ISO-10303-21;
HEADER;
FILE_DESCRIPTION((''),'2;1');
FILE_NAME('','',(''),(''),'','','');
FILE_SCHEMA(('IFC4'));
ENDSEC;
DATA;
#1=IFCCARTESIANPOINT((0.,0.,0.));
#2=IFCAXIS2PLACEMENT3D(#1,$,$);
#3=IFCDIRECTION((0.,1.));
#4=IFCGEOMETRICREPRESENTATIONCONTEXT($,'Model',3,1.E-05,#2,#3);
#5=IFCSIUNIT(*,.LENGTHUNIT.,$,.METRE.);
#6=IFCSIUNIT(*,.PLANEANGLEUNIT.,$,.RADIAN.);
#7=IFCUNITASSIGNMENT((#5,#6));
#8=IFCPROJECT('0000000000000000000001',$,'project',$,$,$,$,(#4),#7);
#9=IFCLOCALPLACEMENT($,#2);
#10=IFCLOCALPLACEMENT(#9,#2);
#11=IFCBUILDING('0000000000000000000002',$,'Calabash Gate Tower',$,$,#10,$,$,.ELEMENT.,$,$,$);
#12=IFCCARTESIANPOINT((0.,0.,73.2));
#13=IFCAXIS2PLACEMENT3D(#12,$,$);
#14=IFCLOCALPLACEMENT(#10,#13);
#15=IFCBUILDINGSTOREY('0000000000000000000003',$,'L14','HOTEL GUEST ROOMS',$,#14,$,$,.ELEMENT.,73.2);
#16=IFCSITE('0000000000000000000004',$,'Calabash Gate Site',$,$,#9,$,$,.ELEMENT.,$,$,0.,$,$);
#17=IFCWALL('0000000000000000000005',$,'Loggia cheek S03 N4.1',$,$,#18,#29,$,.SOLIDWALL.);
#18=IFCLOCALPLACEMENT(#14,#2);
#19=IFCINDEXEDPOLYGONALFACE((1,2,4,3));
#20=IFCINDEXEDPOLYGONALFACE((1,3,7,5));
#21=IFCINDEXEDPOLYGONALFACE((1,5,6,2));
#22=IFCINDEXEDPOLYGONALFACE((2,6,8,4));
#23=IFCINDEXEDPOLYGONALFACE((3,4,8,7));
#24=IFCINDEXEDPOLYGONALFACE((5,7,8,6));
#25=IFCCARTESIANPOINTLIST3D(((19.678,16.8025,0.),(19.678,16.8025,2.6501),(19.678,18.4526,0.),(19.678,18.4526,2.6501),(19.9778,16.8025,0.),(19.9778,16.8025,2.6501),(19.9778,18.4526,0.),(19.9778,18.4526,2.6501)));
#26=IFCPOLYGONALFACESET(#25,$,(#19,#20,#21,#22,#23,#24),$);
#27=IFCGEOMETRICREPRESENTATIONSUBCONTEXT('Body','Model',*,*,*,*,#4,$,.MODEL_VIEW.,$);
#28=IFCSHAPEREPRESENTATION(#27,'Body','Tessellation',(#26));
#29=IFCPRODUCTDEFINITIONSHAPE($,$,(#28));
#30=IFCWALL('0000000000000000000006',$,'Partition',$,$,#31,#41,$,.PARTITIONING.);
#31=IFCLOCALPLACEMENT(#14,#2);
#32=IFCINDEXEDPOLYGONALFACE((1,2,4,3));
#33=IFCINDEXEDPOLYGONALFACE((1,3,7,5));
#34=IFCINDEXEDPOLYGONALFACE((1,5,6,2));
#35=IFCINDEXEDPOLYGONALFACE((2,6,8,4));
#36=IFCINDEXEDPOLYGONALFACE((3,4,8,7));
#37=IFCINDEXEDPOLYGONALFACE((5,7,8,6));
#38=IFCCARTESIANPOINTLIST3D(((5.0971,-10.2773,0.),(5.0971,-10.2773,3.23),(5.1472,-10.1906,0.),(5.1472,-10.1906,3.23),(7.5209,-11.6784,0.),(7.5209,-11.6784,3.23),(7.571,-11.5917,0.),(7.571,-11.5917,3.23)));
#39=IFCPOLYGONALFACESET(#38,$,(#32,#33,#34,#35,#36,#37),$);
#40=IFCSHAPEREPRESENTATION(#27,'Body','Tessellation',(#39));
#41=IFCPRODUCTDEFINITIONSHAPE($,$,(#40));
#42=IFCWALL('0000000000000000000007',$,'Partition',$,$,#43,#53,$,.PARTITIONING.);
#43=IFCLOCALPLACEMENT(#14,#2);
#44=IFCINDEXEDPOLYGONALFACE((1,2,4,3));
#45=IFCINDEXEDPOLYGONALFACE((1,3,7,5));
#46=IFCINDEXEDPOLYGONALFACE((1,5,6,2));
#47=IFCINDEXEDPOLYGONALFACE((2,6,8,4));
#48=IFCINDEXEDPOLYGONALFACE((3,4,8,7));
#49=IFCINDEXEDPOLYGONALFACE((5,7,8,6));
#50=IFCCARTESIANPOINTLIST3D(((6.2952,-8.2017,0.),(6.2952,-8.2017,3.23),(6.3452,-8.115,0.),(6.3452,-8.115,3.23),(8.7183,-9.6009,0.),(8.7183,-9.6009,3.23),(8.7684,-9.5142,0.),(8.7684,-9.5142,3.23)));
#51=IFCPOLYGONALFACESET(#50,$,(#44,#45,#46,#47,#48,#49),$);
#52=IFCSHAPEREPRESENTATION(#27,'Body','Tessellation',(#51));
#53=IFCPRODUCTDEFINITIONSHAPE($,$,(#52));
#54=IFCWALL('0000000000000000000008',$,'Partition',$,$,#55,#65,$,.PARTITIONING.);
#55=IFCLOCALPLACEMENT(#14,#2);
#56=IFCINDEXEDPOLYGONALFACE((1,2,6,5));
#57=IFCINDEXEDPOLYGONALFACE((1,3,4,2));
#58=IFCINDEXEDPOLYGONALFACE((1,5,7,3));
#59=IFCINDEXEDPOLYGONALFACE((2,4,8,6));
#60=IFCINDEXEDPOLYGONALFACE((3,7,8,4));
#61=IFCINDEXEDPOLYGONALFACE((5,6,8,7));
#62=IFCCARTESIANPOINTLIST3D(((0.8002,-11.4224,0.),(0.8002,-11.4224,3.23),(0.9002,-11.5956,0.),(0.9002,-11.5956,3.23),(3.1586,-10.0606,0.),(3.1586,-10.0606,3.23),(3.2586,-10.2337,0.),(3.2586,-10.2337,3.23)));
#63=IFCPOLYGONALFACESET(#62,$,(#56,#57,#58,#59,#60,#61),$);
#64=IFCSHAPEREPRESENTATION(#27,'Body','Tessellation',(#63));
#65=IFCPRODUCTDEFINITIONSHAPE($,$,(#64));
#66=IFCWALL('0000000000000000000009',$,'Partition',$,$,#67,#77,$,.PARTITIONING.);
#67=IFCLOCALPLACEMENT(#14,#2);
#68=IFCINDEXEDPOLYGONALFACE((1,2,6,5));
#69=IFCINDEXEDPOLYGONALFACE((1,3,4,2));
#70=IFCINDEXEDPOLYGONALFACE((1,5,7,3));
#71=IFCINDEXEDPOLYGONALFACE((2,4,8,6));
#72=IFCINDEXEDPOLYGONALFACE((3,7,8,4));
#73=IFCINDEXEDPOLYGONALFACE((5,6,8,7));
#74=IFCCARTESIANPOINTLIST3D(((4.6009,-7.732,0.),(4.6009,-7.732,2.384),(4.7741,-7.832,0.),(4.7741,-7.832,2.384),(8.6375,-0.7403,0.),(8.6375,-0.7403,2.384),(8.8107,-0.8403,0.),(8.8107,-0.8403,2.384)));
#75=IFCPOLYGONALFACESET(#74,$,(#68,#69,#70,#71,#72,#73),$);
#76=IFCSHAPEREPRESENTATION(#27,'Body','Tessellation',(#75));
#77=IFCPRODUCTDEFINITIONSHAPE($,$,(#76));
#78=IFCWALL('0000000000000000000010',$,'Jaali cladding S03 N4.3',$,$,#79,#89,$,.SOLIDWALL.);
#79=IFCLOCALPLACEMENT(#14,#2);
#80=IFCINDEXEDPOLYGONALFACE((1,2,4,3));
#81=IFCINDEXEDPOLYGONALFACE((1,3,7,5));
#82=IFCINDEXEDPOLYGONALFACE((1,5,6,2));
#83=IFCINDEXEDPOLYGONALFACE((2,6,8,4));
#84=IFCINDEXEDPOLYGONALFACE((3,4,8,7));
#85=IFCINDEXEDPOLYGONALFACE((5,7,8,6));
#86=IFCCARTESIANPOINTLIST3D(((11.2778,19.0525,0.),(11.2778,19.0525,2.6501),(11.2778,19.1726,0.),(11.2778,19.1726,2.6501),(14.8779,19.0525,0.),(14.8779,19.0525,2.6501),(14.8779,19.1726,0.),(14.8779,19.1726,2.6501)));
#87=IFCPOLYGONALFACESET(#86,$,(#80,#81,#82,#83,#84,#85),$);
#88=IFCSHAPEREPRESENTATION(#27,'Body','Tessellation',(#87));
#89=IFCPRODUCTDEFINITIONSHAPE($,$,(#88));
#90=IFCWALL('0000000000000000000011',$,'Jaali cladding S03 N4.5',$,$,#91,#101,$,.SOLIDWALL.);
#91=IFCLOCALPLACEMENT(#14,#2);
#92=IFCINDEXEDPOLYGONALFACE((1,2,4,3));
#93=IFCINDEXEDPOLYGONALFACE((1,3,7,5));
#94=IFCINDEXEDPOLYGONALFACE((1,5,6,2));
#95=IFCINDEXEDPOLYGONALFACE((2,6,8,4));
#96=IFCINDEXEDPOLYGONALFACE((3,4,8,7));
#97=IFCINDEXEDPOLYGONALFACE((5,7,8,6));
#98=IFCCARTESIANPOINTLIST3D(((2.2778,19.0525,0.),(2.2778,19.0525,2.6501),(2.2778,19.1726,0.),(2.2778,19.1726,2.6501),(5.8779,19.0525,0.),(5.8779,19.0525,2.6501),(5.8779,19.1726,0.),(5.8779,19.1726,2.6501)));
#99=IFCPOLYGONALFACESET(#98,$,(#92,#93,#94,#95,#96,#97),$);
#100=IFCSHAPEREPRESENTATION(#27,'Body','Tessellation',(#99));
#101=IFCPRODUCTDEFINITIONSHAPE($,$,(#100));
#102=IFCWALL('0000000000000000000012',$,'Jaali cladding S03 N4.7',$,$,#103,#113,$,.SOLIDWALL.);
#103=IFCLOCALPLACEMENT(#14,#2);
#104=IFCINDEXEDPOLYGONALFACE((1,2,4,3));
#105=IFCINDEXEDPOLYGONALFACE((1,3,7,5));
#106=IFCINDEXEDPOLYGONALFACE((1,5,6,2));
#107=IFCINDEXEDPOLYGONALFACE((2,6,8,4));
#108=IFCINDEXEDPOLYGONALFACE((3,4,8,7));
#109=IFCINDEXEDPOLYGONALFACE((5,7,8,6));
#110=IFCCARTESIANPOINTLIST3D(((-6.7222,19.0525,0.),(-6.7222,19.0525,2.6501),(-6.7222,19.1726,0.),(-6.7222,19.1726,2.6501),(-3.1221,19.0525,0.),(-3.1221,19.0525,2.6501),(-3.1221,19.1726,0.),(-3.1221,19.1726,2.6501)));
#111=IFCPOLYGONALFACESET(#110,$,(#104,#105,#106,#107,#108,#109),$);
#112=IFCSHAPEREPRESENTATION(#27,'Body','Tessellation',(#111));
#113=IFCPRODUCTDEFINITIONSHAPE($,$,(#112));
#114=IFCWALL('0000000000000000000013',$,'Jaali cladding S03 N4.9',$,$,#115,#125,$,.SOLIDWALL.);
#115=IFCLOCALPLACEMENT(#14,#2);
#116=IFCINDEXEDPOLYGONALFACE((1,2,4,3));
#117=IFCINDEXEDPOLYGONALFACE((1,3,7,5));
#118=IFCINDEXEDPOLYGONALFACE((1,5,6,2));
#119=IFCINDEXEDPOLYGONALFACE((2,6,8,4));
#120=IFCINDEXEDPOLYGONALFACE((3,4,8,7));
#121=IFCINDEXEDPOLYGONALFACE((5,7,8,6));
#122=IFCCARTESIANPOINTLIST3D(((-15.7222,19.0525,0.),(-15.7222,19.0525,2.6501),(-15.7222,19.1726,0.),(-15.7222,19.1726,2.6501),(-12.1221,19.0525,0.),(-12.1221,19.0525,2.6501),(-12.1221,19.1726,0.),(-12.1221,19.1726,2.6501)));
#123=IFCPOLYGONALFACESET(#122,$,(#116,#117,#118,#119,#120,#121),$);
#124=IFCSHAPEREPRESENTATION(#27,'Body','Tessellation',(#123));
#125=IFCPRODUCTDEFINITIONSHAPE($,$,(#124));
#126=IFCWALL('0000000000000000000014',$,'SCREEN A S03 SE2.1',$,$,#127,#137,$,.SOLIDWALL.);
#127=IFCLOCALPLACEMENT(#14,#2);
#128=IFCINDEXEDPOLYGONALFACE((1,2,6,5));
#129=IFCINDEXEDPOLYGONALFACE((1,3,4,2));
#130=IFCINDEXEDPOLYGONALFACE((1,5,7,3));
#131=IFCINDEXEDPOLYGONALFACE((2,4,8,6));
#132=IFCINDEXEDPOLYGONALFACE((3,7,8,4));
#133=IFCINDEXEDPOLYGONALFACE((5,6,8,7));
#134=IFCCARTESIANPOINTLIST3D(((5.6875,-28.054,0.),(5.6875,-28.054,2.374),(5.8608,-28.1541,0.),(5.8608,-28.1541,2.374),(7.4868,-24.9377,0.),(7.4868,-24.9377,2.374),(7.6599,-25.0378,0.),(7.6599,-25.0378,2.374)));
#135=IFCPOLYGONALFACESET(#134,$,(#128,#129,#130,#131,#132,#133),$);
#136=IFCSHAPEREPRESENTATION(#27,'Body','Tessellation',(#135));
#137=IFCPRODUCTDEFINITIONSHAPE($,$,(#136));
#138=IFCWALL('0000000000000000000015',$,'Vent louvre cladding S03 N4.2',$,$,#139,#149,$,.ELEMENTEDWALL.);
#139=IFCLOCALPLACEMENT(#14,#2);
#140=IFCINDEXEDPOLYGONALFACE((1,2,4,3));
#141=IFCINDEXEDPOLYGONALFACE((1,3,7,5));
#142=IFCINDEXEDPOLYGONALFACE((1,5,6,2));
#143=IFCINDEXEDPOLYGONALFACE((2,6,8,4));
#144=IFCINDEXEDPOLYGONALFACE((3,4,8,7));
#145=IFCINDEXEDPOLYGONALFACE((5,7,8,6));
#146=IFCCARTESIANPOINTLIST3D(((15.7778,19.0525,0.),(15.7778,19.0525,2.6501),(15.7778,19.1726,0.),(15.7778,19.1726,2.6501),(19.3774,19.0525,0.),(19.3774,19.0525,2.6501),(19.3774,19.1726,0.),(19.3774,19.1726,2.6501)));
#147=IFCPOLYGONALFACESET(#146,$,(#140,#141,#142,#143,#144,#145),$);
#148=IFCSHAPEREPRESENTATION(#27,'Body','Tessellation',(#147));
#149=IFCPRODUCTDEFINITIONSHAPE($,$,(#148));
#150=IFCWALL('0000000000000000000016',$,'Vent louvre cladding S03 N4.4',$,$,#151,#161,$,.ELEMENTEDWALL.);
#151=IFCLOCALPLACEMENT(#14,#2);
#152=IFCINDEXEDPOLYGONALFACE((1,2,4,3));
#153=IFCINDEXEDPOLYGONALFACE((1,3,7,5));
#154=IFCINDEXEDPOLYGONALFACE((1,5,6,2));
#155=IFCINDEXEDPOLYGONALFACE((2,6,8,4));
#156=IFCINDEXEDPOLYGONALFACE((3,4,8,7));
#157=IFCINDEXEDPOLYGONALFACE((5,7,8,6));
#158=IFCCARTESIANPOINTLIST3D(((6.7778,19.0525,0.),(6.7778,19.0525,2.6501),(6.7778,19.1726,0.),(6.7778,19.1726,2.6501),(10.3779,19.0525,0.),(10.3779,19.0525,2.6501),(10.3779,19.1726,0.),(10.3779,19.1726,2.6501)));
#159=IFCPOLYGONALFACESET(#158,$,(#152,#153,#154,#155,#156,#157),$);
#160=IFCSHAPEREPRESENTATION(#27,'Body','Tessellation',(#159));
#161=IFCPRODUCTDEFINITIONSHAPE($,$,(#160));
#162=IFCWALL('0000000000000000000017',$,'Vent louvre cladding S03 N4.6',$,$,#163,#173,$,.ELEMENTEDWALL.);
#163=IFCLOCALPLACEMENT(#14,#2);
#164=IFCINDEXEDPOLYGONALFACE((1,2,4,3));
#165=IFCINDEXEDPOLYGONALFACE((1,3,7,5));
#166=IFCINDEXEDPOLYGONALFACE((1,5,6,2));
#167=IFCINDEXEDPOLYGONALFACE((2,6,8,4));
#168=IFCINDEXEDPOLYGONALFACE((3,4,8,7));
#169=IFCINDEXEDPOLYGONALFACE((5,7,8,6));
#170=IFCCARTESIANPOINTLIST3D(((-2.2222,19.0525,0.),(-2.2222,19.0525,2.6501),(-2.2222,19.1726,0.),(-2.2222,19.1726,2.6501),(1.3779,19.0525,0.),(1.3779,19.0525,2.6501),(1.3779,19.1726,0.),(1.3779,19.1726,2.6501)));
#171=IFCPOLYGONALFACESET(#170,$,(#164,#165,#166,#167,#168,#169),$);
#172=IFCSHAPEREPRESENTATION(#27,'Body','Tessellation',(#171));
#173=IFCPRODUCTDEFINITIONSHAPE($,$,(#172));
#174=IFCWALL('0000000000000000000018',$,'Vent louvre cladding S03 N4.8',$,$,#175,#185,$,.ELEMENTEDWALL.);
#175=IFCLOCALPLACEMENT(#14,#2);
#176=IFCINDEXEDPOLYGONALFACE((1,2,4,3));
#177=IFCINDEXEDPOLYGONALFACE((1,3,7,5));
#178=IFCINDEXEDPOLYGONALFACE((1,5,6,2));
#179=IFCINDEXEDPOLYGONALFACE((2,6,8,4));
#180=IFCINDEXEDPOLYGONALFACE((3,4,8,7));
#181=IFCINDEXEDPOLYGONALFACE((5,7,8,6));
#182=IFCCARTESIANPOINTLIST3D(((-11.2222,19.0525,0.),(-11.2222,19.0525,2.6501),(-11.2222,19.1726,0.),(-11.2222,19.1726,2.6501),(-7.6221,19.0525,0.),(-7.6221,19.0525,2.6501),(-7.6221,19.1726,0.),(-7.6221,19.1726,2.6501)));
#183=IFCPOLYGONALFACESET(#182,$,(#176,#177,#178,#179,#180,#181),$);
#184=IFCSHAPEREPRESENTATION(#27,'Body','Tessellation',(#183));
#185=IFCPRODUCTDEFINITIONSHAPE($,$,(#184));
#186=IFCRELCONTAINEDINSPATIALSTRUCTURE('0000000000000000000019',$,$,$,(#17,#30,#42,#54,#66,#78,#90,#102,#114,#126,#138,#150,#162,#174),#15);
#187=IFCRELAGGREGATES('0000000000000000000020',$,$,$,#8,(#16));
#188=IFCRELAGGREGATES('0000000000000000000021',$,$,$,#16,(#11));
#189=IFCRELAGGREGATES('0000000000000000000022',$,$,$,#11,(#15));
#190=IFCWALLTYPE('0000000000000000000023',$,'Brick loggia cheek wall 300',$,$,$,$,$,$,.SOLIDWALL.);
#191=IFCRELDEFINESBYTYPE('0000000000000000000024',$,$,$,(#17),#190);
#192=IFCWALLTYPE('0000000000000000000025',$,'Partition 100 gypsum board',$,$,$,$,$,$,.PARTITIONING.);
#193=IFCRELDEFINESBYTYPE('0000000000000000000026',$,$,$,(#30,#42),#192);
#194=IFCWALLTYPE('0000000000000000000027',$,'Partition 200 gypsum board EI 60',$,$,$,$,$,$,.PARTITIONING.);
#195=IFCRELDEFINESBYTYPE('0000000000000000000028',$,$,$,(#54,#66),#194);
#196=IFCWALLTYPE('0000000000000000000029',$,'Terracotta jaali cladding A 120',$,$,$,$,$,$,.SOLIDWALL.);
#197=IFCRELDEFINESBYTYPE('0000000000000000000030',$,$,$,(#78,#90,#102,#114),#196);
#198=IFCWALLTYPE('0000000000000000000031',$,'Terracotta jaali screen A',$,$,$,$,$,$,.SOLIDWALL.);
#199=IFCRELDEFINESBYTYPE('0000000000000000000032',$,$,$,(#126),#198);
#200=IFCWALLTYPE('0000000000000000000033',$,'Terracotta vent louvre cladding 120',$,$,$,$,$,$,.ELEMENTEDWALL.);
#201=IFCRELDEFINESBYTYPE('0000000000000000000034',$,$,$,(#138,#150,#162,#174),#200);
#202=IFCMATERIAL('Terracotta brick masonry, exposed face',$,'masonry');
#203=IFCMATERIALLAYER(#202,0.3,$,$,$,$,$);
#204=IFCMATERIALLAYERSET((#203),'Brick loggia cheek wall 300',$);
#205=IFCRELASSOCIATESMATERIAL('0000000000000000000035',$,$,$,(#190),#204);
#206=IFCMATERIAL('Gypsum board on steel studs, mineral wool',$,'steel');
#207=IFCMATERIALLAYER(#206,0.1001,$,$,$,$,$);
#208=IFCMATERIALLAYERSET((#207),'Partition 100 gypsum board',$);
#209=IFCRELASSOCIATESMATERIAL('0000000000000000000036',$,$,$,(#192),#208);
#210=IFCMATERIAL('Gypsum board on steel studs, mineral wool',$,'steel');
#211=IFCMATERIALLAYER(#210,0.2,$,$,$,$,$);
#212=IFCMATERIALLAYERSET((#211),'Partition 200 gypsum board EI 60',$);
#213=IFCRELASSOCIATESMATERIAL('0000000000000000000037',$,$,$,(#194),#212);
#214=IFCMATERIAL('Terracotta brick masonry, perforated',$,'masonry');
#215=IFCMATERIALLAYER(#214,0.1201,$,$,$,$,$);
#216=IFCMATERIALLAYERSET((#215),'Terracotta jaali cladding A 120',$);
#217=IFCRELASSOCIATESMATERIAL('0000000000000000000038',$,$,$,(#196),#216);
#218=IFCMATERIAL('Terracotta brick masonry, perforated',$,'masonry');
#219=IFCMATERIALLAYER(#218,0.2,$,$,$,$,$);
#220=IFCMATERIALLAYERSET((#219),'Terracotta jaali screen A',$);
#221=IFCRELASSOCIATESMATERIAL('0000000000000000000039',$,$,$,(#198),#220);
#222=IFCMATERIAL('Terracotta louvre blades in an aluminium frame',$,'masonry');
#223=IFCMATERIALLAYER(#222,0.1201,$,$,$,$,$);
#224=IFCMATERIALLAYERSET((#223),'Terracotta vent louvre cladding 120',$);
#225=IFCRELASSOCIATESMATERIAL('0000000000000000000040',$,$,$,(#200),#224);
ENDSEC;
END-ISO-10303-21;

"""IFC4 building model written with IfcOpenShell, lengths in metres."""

from ifc_helpers import new_model, si_unit, direction, frame, frame_2d, origin, place, context, subcontext, project, spatial, polyline, rectangle, outline, extrude, material, layer, layer_set, type_object, element, save


model = new_model("IFC4")

# Units and contexts
model_context = context("Model", 3, precision=1e-05, world=origin(), true_north=direction((0.0, 1.0)))
body_context = subcontext(model_context, "Body", "Model", "MODEL_VIEW")
ifc_project = project(units=[si_unit("LENGTHUNIT", "METRE"), si_unit("PLANEANGLEUNIT", "RADIAN")], contexts=[model_context])

# Site, building, storey
site_placement = place(None, origin())
site = spatial("IfcSite", under=ifc_project, at=site_placement, Name="Calabash Gate Site", CompositionType="ELEMENT", RefElevation=0.0)
building_placement = place(site_placement, origin())
building = spatial("IfcBuilding", under=site, at=building_placement, Name="Calabash Gate Tower", CompositionType="ELEMENT")
storey_placement = place(building_placement, frame((0.0, 0.0, 73.2)))
storey = spatial("IfcBuildingStorey", under=building, at=storey_placement, Name="L14", Description="HOTEL GUEST ROOMS", CompositionType="ELEMENT", Elevation=73.2)

# Walls
ifc_material_1 = material(Name="Terracotta brick masonry, exposed face", Category="masonry")
ifc_layer_1 = layer(ifc_material_1, 0.3)
ifc_layer_set_1 = layer_set([ifc_layer_1], Name="Brick loggia cheek wall 300")
wall_type_1 = type_object("IfcWallType", Name="Brick loggia cheek wall 300", PredefinedType="SOLIDWALL", material=ifc_layer_set_1)
wall_1_placement = place(storey_placement, origin())
element("IfcWall", 1, at=wall_1_placement, inside=storey, type_object=wall_type_1, Name="Loggia cheek S03 N4.1", PredefinedType="SOLIDWALL", context=body_context, shape_type="SweptSolid", body=[
    extrude(outline(polyline([(19.678, 18.4526), (19.678, 16.8025), (19.9778, 16.8025), (19.9778, 18.4526), (19.678, 18.4526)])), origin(), (0.0, 0.0, 1.0), 2.6501),
])
ifc_material_2 = material(Name="Gypsum board on steel studs, mineral wool", Category="steel")
ifc_layer_2 = layer(ifc_material_2, 0.1001)
ifc_layer_set_2 = layer_set([ifc_layer_2], Name="Partition 100 gypsum board")
wall_type_2 = type_object("IfcWallType", Name="Partition 100 gypsum board", PredefinedType="PARTITIONING", material=ifc_layer_set_2)
wall_2_placement = place(storey_placement, frame((5.1221, -10.2339, 0.0), z_axis=(0.0, 0.0, 1.0), x_axis=(0.865758, -0.500462, 0.0)))
element("IfcWall", 2, at=wall_2_placement, inside=storey, type_object=wall_type_2, Name="Partition", PredefinedType="PARTITIONING", context=body_context, shape_type="SweptSolid", body=[
    extrude(rectangle(XDim=2.7996, YDim=0.1001, at=frame_2d((1.3999, 0.0))), origin(), (0.0, 0.0, 1.0), 3.23),
])
wall_3_placement = place(storey_placement, frame((6.3203, -8.1584, 0.0), z_axis=(0.0, 0.0, 1.0), x_axis=(0.865995, -0.500052, 0.0)))
element("IfcWall", 3, at=wall_3_placement, inside=storey, type_object=wall_type_2, Name="Partition", PredefinedType="PARTITIONING", context=body_context, shape_type="SweptSolid", body=[
    extrude(rectangle(XDim=2.7981, YDim=0.1001, at=frame_2d((1.3989, 0.0))), origin(), (0.0, 0.0, 1.0), 3.23),
])
ifc_material_3 = material(Name="Gypsum board on steel studs, mineral wool", Category="steel")
ifc_layer_3 = layer(ifc_material_3, 0.2)
ifc_layer_set_3 = layer_set([ifc_layer_3], Name="Partition 200 gypsum board EI 60")
wall_type_3 = type_object("IfcWallType", Name="Partition 200 gypsum board EI 60", PredefinedType="PARTITIONING", material=ifc_layer_set_3)
wall_4_placement = place(storey_placement, frame((0.8501, -11.509, 0.0), z_axis=(0.0, 0.0, 1.0), x_axis=(0.865994, 0.500054, 0.0)))
element("IfcWall", 4, at=wall_4_placement, inside=storey, type_object=wall_type_3, Name="Partition", PredefinedType="PARTITIONING", context=body_context, shape_type="SweptSolid", body=[
    extrude(rectangle(XDim=2.7234, YDim=0.2, at=frame_2d((1.3618, 0.0))), origin(), (0.0, 0.0, 1.0), 3.23),
])
wall_5_placement = place(storey_placement, frame((4.6875, -7.782, 0.0), z_axis=(0.0, 0.0, 1.0), x_axis=(0.499996, 0.866027, 0.0)))
element("IfcWall", 5, at=wall_5_placement, inside=storey, type_object=wall_type_3, Name="Partition", PredefinedType="PARTITIONING", context=body_context, shape_type="SweptSolid", body=[
    extrude(rectangle(XDim=8.0732, YDim=0.2, at=frame_2d((4.0366, 0.0))), origin(), (0.0, 0.0, 1.0), 2.384),
])
ifc_material_4 = material(Name="Terracotta brick masonry, perforated", Category="masonry")
ifc_layer_4 = layer(ifc_material_4, 0.1201)
ifc_layer_set_4 = layer_set([ifc_layer_4], Name="Terracotta jaali cladding A 120")
wall_type_4 = type_object("IfcWallType", Name="Terracotta jaali cladding A 120", PredefinedType="SOLIDWALL", material=ifc_layer_set_4)
wall_6_placement = place(storey_placement, origin())
element("IfcWall", 6, at=wall_6_placement, inside=storey, type_object=wall_type_4, Name="Jaali cladding S03 N4.3", PredefinedType="SOLIDWALL", context=body_context, shape_type="SweptSolid", body=[
    extrude(outline(polyline([(11.2778, 19.1726), (11.2778, 19.0525), (14.8779, 19.0525), (14.8779, 19.1726), (11.2778, 19.1726)])), origin(), (0.0, 0.0, 1.0), 2.6501),
])
wall_7_placement = place(storey_placement, origin())
element("IfcWall", 7, at=wall_7_placement, inside=storey, type_object=wall_type_4, Name="Jaali cladding S03 N4.5", PredefinedType="SOLIDWALL", context=body_context, shape_type="SweptSolid", body=[
    extrude(outline(polyline([(2.2778, 19.1726), (2.2778, 19.0525), (5.8779, 19.0525), (5.8779, 19.1726), (2.2778, 19.1726)])), origin(), (0.0, 0.0, 1.0), 2.6501),
])
wall_8_placement = place(storey_placement, origin())
element("IfcWall", 8, at=wall_8_placement, inside=storey, type_object=wall_type_4, Name="Jaali cladding S03 N4.7", PredefinedType="SOLIDWALL", context=body_context, shape_type="SweptSolid", body=[
    extrude(outline(polyline([(-6.7222, 19.1726), (-6.7222, 19.0525), (-3.1221, 19.0525), (-3.1221, 19.1726), (-6.7222, 19.1726)])), origin(), (0.0, 0.0, 1.0), 2.6501),
])
wall_9_placement = place(storey_placement, origin())
element("IfcWall", 9, at=wall_9_placement, inside=storey, type_object=wall_type_4, Name="Jaali cladding S03 N4.9", PredefinedType="SOLIDWALL", context=body_context, shape_type="SweptSolid", body=[
    extrude(outline(polyline([(-15.7222, 19.1726), (-15.7222, 19.0525), (-12.1221, 19.0525), (-12.1221, 19.1726), (-15.7222, 19.1726)])), origin(), (0.0, 0.0, 1.0), 2.6501),
])
ifc_material_5 = material(Name="Terracotta brick masonry, perforated", Category="masonry")
ifc_layer_5 = layer(ifc_material_5, 0.2)
ifc_layer_set_5 = layer_set([ifc_layer_5], Name="Terracotta jaali screen A")
wall_type_5 = type_object("IfcWallType", Name="Terracotta jaali screen A", PredefinedType="SOLIDWALL", material=ifc_layer_set_5)
wall_10_placement = place(storey_placement, origin())
element("IfcWall", 10, at=wall_10_placement, inside=storey, type_object=wall_type_5, Name="SCREEN A S03 SE2.1", PredefinedType="SOLIDWALL", context=body_context, shape_type="SweptSolid", body=[
    extrude(outline(polyline([(7.4868, -24.9377), (5.6875, -28.054), (5.8608, -28.1541), (7.6599, -25.0378), (7.4868, -24.9377)])), origin(), (0.0, 0.0, 1.0), 2.374),
])
ifc_material_6 = material(Name="Terracotta louvre blades in an aluminium frame", Category="masonry")
ifc_layer_6 = layer(ifc_material_6, 0.1201)
ifc_layer_set_6 = layer_set([ifc_layer_6], Name="Terracotta vent louvre cladding 120")
wall_type_6 = type_object("IfcWallType", Name="Terracotta vent louvre cladding 120", PredefinedType="ELEMENTEDWALL", material=ifc_layer_set_6)
wall_11_placement = place(storey_placement, origin())
element("IfcWall", 11, at=wall_11_placement, inside=storey, type_object=wall_type_6, Name="Vent louvre cladding S03 N4.2", PredefinedType="ELEMENTEDWALL", context=body_context, shape_type="SweptSolid", body=[
    extrude(outline(polyline([(15.7778, 19.1726), (15.7778, 19.0525), (19.3774, 19.0525), (19.3774, 19.1726), (15.7778, 19.1726)])), origin(), (0.0, 0.0, 1.0), 2.6501),
])
wall_12_placement = place(storey_placement, origin())
element("IfcWall", 12, at=wall_12_placement, inside=storey, type_object=wall_type_6, Name="Vent louvre cladding S03 N4.4", PredefinedType="ELEMENTEDWALL", context=body_context, shape_type="SweptSolid", body=[
    extrude(outline(polyline([(6.7778, 19.1726), (6.7778, 19.0525), (10.3779, 19.0525), (10.3779, 19.1726), (6.7778, 19.1726)])), origin(), (0.0, 0.0, 1.0), 2.6501),
])
wall_13_placement = place(storey_placement, origin())
element("IfcWall", 13, at=wall_13_placement, inside=storey, type_object=wall_type_6, Name="Vent louvre cladding S03 N4.6", PredefinedType="ELEMENTEDWALL", context=body_context, shape_type="SweptSolid", body=[
    extrude(outline(polyline([(-2.2222, 19.1726), (-2.2222, 19.0525), (1.3779, 19.0525), (1.3779, 19.1726), (-2.2222, 19.1726)])), origin(), (0.0, 0.0, 1.0), 2.6501),
])
wall_14_placement = place(storey_placement, origin())
element("IfcWall", 14, at=wall_14_placement, inside=storey, type_object=wall_type_6, Name="Vent louvre cladding S03 N4.8", PredefinedType="ELEMENTEDWALL", context=body_context, shape_type="SweptSolid", body=[
    extrude(outline(polyline([(-11.2222, 19.1726), (-11.2222, 19.0525), (-7.6221, 19.0525), (-7.6221, 19.1726), (-11.2222, 19.1726)])), origin(), (0.0, 0.0, 1.0), 2.6501),
])

save(model, "model.ifc")
